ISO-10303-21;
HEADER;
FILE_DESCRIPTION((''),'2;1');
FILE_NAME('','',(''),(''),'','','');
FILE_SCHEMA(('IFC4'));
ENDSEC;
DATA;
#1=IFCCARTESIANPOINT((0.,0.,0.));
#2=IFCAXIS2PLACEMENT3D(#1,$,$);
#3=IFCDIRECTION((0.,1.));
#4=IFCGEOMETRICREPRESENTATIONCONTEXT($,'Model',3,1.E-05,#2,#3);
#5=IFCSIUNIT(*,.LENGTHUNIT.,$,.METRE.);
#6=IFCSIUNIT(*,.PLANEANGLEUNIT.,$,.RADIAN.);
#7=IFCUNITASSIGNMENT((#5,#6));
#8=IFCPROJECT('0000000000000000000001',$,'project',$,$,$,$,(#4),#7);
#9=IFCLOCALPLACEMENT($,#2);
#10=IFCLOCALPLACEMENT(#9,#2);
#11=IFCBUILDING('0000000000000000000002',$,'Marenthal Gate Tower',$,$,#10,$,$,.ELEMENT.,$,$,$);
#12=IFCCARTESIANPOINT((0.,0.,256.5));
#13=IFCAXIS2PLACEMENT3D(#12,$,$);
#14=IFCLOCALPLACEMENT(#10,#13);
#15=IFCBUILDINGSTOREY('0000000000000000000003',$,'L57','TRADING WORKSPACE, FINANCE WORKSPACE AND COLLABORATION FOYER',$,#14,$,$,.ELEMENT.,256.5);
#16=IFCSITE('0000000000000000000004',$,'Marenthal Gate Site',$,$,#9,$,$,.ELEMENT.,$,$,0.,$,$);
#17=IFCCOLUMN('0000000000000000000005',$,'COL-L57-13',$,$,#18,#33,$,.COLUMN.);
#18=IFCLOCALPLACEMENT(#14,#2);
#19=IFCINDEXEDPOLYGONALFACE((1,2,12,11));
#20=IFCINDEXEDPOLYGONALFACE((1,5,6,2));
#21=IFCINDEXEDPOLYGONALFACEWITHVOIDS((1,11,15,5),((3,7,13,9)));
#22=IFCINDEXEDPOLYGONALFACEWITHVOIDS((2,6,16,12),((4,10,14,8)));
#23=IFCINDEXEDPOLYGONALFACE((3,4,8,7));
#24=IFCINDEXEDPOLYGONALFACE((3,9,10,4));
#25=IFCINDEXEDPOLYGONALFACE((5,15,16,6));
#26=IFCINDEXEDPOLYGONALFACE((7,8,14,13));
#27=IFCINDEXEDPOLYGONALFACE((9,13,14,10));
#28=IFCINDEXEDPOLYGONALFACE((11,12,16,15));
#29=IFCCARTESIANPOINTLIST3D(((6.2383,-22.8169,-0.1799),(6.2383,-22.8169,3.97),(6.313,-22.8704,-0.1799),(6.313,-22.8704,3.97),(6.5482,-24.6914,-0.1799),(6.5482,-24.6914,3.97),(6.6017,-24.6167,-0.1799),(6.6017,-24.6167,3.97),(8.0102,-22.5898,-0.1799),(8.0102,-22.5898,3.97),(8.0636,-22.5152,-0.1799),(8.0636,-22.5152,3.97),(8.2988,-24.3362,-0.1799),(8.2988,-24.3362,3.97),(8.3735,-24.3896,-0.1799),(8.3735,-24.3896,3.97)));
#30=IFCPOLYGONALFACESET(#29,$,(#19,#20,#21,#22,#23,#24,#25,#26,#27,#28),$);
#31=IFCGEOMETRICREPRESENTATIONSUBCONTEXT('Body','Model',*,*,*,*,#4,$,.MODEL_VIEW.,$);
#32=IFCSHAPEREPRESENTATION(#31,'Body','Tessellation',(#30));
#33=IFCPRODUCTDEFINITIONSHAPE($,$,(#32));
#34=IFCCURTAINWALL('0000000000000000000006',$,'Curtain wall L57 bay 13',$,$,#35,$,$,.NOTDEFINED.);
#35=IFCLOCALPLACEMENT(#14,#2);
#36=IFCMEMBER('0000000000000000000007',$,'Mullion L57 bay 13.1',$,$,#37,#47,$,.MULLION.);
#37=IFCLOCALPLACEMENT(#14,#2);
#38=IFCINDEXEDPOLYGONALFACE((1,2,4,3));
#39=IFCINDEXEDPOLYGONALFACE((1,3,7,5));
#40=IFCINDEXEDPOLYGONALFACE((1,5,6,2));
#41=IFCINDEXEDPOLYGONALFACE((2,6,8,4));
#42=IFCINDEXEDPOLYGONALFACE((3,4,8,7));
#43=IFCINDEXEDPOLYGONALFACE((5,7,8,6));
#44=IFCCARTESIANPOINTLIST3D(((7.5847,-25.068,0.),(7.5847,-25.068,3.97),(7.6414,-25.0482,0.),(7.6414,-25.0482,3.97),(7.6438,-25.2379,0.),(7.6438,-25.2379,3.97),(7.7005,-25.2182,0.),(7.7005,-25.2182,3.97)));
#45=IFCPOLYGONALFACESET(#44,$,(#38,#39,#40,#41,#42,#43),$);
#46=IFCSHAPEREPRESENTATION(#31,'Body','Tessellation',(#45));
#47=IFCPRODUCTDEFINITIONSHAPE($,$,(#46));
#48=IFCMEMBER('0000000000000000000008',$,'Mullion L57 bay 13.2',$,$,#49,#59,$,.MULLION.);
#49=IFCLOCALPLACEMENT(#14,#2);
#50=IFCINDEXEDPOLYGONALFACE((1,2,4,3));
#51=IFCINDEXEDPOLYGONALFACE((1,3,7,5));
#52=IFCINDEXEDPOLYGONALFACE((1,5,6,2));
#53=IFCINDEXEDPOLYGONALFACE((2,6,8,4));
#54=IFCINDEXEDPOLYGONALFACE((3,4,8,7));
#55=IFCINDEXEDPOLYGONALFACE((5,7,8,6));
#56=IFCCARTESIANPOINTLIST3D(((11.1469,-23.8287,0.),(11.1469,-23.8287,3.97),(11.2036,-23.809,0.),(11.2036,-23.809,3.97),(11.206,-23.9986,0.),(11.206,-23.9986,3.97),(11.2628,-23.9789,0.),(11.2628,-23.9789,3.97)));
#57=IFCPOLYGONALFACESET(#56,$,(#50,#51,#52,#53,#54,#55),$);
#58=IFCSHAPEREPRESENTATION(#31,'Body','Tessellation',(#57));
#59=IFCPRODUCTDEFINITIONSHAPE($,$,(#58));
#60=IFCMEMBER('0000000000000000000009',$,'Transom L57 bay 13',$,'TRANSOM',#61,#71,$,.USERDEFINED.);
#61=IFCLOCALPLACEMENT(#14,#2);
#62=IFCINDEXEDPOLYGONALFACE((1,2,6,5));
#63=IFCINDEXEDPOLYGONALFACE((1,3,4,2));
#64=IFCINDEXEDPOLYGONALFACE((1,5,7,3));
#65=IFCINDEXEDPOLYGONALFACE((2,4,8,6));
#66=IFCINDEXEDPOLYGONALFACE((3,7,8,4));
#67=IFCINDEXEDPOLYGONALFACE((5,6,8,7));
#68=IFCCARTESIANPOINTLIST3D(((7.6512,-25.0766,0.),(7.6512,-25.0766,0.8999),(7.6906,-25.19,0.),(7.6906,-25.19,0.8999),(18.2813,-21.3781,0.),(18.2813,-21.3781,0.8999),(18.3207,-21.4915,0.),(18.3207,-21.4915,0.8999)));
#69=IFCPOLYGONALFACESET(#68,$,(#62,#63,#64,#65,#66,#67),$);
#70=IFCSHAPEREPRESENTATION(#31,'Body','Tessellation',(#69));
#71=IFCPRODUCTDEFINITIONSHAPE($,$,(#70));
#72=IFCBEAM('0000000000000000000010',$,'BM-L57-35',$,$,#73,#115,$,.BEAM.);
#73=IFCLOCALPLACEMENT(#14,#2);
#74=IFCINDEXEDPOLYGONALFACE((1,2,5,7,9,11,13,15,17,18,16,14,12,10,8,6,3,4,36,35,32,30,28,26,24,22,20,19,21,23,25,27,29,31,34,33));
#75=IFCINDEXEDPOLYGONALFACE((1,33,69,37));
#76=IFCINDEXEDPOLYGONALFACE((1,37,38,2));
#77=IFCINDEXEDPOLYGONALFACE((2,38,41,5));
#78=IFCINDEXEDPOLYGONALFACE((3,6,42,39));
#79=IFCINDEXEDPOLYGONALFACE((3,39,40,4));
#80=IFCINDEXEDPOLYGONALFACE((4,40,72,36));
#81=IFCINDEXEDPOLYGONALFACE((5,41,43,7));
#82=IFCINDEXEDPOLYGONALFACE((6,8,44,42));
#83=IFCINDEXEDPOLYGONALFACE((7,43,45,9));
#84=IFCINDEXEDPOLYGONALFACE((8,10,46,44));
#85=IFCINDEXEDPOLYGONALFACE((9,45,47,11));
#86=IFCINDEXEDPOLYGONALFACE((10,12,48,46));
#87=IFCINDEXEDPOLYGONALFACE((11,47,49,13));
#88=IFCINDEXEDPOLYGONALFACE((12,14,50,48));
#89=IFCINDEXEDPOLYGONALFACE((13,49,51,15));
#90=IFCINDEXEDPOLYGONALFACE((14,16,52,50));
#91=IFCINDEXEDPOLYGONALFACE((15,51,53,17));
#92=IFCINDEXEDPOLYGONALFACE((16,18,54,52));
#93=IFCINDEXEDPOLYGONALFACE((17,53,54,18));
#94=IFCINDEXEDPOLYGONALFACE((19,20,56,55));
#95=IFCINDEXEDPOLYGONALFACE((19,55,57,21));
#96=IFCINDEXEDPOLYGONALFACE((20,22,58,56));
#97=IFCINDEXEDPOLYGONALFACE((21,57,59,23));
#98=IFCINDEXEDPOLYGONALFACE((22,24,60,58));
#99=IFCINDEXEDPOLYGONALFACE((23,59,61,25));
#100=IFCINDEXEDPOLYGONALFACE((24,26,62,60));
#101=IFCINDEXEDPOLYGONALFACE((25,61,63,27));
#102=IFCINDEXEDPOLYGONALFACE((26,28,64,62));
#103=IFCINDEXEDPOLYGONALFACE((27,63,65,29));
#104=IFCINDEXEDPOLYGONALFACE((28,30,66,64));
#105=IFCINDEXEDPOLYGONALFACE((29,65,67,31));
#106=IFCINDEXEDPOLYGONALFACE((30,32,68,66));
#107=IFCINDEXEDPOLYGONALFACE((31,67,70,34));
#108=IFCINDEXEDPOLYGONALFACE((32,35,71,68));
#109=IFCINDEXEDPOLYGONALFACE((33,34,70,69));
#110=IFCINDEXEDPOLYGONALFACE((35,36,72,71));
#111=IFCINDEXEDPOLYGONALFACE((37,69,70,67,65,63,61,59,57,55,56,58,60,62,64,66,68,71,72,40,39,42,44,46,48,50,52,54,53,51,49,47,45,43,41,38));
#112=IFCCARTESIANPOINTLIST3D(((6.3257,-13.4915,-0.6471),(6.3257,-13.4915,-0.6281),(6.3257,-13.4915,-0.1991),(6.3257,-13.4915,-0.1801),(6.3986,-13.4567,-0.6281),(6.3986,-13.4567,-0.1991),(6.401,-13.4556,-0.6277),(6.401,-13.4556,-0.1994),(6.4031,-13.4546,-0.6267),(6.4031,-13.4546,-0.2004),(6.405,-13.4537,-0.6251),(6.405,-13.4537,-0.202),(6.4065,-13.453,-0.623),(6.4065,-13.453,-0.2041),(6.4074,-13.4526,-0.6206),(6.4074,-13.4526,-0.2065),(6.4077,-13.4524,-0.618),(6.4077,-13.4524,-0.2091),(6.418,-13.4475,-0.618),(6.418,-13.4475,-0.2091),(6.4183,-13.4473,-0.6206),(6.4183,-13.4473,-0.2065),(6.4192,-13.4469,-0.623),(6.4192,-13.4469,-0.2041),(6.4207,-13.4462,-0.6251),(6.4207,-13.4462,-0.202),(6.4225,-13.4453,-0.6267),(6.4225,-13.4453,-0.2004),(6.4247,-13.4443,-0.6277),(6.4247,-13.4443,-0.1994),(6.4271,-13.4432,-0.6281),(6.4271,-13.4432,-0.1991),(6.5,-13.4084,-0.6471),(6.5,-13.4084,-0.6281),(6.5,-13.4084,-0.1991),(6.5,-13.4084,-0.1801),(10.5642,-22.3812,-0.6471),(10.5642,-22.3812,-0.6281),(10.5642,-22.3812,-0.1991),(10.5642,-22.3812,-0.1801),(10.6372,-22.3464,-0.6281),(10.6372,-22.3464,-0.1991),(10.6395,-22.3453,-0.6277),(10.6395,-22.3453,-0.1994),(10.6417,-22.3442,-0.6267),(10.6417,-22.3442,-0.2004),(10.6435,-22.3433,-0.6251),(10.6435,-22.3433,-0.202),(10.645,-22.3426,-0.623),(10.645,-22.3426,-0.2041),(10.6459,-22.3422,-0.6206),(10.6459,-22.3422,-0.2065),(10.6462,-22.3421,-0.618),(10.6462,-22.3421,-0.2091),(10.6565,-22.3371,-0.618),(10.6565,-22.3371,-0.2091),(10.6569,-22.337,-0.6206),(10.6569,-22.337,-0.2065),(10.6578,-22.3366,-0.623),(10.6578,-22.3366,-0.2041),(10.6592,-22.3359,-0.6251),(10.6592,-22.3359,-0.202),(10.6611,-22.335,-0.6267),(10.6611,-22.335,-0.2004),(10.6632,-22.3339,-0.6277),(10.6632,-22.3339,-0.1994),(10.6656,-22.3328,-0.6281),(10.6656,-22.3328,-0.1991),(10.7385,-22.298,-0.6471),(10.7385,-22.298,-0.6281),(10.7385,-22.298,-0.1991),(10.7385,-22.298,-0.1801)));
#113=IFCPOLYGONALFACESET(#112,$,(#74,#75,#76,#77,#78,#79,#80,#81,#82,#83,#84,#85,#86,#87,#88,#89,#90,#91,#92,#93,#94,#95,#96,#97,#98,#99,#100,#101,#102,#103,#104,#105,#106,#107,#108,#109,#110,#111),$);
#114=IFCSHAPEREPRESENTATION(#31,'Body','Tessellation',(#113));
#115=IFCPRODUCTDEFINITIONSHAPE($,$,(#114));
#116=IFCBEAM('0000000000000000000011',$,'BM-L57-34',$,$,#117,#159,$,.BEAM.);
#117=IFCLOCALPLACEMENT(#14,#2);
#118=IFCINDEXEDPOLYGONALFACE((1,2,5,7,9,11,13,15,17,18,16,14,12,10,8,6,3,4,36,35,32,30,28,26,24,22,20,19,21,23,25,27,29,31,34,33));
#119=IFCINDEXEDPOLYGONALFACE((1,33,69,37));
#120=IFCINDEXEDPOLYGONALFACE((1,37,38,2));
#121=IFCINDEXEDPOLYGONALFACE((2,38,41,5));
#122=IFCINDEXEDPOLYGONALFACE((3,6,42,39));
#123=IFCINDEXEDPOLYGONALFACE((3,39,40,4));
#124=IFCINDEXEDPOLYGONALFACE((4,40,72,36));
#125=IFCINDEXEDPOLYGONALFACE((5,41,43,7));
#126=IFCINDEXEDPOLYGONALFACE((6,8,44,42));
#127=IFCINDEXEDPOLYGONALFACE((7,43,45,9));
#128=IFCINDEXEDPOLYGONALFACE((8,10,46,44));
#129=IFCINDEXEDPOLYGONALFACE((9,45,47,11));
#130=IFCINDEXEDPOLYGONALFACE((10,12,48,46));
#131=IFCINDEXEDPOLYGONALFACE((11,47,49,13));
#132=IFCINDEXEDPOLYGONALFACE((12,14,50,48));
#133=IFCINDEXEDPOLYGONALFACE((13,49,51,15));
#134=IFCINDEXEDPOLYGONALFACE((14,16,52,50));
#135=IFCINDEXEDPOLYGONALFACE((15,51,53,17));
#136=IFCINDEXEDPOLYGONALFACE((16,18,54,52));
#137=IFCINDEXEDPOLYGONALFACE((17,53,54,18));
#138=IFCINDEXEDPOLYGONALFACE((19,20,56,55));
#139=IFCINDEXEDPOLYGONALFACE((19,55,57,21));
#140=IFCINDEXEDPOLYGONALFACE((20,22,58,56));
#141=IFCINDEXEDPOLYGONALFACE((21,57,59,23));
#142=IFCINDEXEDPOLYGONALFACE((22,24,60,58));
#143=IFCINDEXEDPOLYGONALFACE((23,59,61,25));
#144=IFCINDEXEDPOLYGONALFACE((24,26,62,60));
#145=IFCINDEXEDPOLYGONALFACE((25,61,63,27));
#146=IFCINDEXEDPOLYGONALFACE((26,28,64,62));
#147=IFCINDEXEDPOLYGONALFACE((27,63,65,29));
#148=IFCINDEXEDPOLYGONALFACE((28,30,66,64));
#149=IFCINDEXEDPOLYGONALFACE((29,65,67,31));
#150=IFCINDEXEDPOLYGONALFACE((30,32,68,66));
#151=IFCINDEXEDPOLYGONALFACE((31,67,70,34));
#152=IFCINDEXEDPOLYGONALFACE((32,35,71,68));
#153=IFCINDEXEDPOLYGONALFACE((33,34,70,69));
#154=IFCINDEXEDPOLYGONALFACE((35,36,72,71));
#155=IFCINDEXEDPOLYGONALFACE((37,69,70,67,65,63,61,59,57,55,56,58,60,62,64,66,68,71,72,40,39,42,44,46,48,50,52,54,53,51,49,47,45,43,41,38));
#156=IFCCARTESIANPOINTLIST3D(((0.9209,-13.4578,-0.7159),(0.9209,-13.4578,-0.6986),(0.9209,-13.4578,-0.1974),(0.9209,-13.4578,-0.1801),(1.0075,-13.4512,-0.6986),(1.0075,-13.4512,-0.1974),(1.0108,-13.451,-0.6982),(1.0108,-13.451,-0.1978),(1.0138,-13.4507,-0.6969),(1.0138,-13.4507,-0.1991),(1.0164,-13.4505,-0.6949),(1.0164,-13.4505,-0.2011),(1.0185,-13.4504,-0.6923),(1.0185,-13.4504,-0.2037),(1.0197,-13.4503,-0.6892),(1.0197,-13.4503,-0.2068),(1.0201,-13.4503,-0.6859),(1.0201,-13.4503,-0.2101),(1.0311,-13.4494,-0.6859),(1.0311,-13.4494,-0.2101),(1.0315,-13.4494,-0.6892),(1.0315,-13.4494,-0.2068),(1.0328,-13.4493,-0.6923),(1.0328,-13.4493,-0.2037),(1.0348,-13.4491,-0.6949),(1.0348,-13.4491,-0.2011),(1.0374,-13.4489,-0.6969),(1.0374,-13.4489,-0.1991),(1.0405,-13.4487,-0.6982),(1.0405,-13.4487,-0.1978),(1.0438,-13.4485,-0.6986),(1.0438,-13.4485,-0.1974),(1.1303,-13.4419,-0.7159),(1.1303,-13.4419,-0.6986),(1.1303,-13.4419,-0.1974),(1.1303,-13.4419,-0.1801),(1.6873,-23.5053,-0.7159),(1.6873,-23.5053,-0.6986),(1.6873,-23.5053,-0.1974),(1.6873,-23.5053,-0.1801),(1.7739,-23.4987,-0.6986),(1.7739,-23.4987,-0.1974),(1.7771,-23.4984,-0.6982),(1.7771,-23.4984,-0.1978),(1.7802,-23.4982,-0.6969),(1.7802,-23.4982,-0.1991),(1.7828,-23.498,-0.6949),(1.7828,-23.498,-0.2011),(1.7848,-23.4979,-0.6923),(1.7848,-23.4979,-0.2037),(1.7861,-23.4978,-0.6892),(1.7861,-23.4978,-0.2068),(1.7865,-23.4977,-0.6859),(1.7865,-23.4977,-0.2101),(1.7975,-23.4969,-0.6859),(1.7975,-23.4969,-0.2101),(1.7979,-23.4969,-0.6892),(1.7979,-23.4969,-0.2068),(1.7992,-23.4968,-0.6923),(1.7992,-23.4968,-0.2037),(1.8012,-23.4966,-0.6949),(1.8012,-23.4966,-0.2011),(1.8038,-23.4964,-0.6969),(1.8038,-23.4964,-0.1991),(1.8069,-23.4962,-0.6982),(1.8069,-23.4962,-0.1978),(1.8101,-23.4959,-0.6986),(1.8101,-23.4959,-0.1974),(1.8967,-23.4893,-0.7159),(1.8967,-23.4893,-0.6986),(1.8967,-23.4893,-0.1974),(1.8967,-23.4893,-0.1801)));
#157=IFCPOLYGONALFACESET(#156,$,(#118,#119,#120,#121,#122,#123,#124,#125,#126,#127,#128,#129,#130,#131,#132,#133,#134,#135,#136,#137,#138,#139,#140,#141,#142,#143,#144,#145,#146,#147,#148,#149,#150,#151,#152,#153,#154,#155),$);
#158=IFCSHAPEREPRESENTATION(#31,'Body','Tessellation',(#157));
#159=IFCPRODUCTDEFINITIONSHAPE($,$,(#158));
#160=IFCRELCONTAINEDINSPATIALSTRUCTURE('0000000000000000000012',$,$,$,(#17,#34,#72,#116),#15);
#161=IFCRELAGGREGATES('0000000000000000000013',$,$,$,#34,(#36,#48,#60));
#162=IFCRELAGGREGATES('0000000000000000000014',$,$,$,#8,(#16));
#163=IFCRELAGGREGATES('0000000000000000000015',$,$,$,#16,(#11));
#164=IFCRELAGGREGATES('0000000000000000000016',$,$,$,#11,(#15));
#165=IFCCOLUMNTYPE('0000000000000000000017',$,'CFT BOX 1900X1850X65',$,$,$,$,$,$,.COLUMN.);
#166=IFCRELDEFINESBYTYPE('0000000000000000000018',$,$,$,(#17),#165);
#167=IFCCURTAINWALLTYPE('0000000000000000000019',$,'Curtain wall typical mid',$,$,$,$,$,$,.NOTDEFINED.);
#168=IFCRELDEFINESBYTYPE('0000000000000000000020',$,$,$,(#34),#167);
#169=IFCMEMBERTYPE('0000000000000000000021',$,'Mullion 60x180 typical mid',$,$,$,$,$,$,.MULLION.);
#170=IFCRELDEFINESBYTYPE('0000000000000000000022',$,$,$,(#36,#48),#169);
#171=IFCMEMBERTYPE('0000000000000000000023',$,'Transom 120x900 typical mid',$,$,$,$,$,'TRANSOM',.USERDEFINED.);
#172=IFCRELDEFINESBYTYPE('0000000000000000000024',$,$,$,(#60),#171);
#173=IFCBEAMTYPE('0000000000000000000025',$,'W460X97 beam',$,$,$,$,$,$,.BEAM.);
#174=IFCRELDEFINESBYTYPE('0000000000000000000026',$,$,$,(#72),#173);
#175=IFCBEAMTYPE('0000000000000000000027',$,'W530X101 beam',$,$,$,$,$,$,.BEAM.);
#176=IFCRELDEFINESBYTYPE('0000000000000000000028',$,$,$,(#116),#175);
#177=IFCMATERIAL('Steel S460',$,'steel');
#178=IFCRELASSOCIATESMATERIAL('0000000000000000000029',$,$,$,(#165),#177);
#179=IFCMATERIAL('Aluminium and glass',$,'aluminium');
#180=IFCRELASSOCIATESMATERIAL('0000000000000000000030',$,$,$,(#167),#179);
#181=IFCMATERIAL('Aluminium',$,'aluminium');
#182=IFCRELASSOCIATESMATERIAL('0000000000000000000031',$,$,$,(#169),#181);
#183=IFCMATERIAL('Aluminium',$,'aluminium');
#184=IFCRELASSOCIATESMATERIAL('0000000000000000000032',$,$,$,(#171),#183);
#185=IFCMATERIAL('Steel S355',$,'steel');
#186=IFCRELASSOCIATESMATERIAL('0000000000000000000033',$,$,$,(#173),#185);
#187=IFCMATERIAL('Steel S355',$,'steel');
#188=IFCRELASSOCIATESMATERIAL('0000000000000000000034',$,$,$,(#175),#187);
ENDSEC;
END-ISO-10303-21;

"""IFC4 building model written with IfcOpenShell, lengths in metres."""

from ifc_helpers import new_model, si_unit, direction, frame, origin, origin_2d, place, context, subcontext, project, spatial, rectangle, hollow_rectangle, i_section, extrude, material, material_profile, profile_set, type_object, element, aggregate, save


model = new_model("IFC4")

# Units and contexts
model_context = context("Model", 3, precision=1e-05, world=origin(), true_north=direction((0.0, 1.0)))
body_context = subcontext(model_context, "Body", "Model", "MODEL_VIEW")
ifc_project = project(units=[si_unit("LENGTHUNIT", "METRE"), si_unit("PLANEANGLEUNIT", "RADIAN")], contexts=[model_context])

# Site, building, storey
site_placement = place(None, origin())
site = spatial("IfcSite", under=ifc_project, at=site_placement, Name="Marenthal Gate Site", CompositionType="ELEMENT", RefElevation=0.0)
building_placement = place(site_placement, origin())
building = spatial("IfcBuilding", under=site, at=building_placement, Name="Marenthal Gate Tower", CompositionType="ELEMENT")
storey_placement = place(building_placement, frame((0.0, 0.0, 256.5)))
storey = spatial("IfcBuildingStorey", under=building, at=storey_placement, Name="L57", Description="TRADING WORKSPACE, FINANCE WORKSPACE AND COLLABORATION FOYER", CompositionType="ELEMENT", Elevation=256.5)

# Column
ifc_material_1 = material(Name="Steel S460", Category="steel")
ifc_material_profile_1 = material_profile(ifc_material_1, hollow_rectangle(XDim=1.8501, YDim=1.8999, WallThickness=0.0649, at=origin_2d()), Name="CFT BOX 1900X1850X65")
ifc_material_2 = material(Name="Concrete 70 MPa", Category="concrete")
ifc_material_profile_2 = material_profile(ifc_material_2, rectangle(XDim=1.72, YDim=1.77, at=origin_2d()), Name="CFT BOX 1900X1850X65 INFILL")
ifc_profile_set_1 = profile_set([ifc_material_profile_1, ifc_material_profile_2], Name="Steel S460 shell, Concrete 70 MPa infill")
column_type = type_object("IfcColumnType", Name="CFT BOX 1900X1850X65", PredefinedType="COLUMN", material=ifc_profile_set_1)
column_placement = place(storey_placement, frame((7.3059, -23.6033, -0.1799), z_axis=(0.0, 0.0, 1.0), x_axis=(-0.986611, -0.163088, 0.0)))
element("IfcColumn", 1, at=column_placement, inside=storey, type_object=column_type, Name="COL-L57-13", PredefinedType="COLUMN", context=body_context, shape_type="SweptSolid", body=[
    extrude(hollow_rectangle(XDim=1.8501, YDim=1.8999, WallThickness=0.0649, at=origin_2d()), origin(), (0.0, 0.0, 1.0), 4.1499),
])

# Curtain wall, members
ifc_material_3 = material(Name="Aluminium and glass", Category="aluminium")
curtain_wall_type = type_object("IfcCurtainWallType", Name="Curtain wall typical mid", PredefinedType="NOTDEFINED", material=ifc_material_3)
curtain_wall_placement = place(storey_placement, origin())
curtain_wall = element("IfcCurtainWall", 2, at=curtain_wall_placement, inside=storey, type_object=curtain_wall_type, Name="Curtain wall L57 bay 13", PredefinedType="NOTDEFINED")
ifc_material_4 = material(Name="Aluminium", Category="aluminium")
ifc_material_profile_3 = material_profile(ifc_material_4, rectangle(XDim=0.1799, YDim=0.0601, at=origin_2d()), Name="60x180 aluminium mullion")
ifc_profile_set_2 = profile_set([ifc_material_profile_3], Name="Aluminium")
member_type_1 = type_object("IfcMemberType", Name="Mullion 60x180 typical mid", PredefinedType="MULLION", material=ifc_profile_set_2)
member_1_placement = place(storey_placement, frame((7.6426, -25.1431, 0.0), z_axis=(0.0, 0.0, 1.0), x_axis=(-0.328612, 0.944465, 0.0)))
member_1 = element("IfcMember", 3, at=member_1_placement, type_object=member_type_1, Name="Mullion L57 bay 13.1", PredefinedType="MULLION", context=body_context, shape_type="SweptSolid", body=[
    extrude(rectangle(XDim=0.1799, YDim=0.0601, at=origin_2d()), origin(), (0.0, 0.0, 1.0), 3.97),
])
member_2_placement = place(storey_placement, frame((11.2048, -23.9038, 0.0), z_axis=(0.0, 0.0, 1.0), x_axis=(-0.328612, 0.944465, 0.0)))
member_2 = element("IfcMember", 4, at=member_2_placement, type_object=member_type_1, Name="Mullion L57 bay 13.2", PredefinedType="MULLION", context=body_context, shape_type="SweptSolid", body=[
    extrude(rectangle(XDim=0.1799, YDim=0.0601, at=origin_2d()), origin(), (0.0, 0.0, 1.0), 3.97),
])
ifc_material_5 = material(Name="Aluminium", Category="aluminium")
ifc_material_profile_4 = material_profile(ifc_material_5, rectangle(XDim=0.1201, YDim=0.8999, at=origin_2d()), Name="120x900 aluminium transom")
ifc_profile_set_3 = profile_set([ifc_material_profile_4], Name="Aluminium")
member_type_2 = type_object("IfcMemberType", Name="Transom 120x900 typical mid", ElementType="TRANSOM", PredefinedType="USERDEFINED", material=ifc_profile_set_3)
member_3_placement = place(storey_placement, frame((7.6709, -25.1333, 0.45), z_axis=(0.944468, 0.328604, 0.0), x_axis=(-0.328604, 0.944468, 0.0)))
member_3 = element("IfcMember", 5, at=member_3_placement, type_object=member_type_2, Name="Transom L57 bay 13", ObjectType="TRANSOM", PredefinedType="USERDEFINED", context=body_context, shape_type="SweptSolid", body=[
    extrude(rectangle(XDim=0.1201, YDim=0.8999, at=origin_2d()), origin(), (0.0, 0.0, 1.0), 11.2551),
])

# Beams
ifc_material_6 = material(Name="Steel S355", Category="steel")
ifc_material_profile_5 = material_profile(ifc_material_6, i_section(OverallWidth=0.1931, OverallDepth=0.467, WebThickness=0.0115, FlangeThickness=0.019, FilletRadius=0.01, at=origin_2d()), Name="W460X97")
ifc_profile_set_4 = profile_set([ifc_material_profile_5], Name="Steel S355")
beam_type_1 = type_object("IfcBeamType", Name="W460X97 beam", PredefinedType="BEAM", material=ifc_profile_set_4)
beam_1_placement = place(storey_placement, frame((10.6514, -22.3396, -0.4136), z_axis=(-0.430377, 0.902649, 0.0), x_axis=(-0.902649, -0.430377, 0.0)))
element("IfcBeam", 6, at=beam_1_placement, inside=storey, type_object=beam_type_1, Name="BM-L57-35", PredefinedType="BEAM", context=body_context, shape_type="SweptSolid", body=[
    extrude(i_section(OverallWidth=0.1931, OverallDepth=0.467, WebThickness=0.0115, FlangeThickness=0.019, FilletRadius=0.01, at=origin_2d()), origin(), (0.0, 0.0, 1.0), 9.8484),
])
ifc_material_7 = material(Name="Steel S355", Category="steel")
ifc_material_profile_6 = material_profile(ifc_material_7, i_section(OverallWidth=0.21, OverallDepth=0.5359, WebThickness=0.011, FlangeThickness=0.0173, FilletRadius=0.0127, at=origin_2d()), Name="W530X101")
ifc_profile_set_5 = profile_set([ifc_material_profile_6], Name="Steel S355")
beam_type_2 = type_object("IfcBeamType", Name="W530X101 beam", PredefinedType="BEAM", material=ifc_profile_set_5)
beam_2_placement = place(storey_placement, frame((1.792, -23.4973, -0.448), z_axis=(-0.076054, 0.997104, 0.0), x_axis=(-0.997104, -0.076054, 0.0)))
element("IfcBeam", 7, at=beam_2_placement, inside=storey, type_object=beam_type_2, Name="BM-L57-34", PredefinedType="BEAM", context=body_context, shape_type="SweptSolid", body=[
    extrude(i_section(OverallWidth=0.21, OverallDepth=0.5359, WebThickness=0.011, FlangeThickness=0.0173, FilletRadius=0.0127, at=origin_2d()), origin(), (0.0, 0.0, 1.0), 10.0767),
])

aggregate(curtain_wall, [member_1, member_2, member_3])

save(model, "model.ifc")
